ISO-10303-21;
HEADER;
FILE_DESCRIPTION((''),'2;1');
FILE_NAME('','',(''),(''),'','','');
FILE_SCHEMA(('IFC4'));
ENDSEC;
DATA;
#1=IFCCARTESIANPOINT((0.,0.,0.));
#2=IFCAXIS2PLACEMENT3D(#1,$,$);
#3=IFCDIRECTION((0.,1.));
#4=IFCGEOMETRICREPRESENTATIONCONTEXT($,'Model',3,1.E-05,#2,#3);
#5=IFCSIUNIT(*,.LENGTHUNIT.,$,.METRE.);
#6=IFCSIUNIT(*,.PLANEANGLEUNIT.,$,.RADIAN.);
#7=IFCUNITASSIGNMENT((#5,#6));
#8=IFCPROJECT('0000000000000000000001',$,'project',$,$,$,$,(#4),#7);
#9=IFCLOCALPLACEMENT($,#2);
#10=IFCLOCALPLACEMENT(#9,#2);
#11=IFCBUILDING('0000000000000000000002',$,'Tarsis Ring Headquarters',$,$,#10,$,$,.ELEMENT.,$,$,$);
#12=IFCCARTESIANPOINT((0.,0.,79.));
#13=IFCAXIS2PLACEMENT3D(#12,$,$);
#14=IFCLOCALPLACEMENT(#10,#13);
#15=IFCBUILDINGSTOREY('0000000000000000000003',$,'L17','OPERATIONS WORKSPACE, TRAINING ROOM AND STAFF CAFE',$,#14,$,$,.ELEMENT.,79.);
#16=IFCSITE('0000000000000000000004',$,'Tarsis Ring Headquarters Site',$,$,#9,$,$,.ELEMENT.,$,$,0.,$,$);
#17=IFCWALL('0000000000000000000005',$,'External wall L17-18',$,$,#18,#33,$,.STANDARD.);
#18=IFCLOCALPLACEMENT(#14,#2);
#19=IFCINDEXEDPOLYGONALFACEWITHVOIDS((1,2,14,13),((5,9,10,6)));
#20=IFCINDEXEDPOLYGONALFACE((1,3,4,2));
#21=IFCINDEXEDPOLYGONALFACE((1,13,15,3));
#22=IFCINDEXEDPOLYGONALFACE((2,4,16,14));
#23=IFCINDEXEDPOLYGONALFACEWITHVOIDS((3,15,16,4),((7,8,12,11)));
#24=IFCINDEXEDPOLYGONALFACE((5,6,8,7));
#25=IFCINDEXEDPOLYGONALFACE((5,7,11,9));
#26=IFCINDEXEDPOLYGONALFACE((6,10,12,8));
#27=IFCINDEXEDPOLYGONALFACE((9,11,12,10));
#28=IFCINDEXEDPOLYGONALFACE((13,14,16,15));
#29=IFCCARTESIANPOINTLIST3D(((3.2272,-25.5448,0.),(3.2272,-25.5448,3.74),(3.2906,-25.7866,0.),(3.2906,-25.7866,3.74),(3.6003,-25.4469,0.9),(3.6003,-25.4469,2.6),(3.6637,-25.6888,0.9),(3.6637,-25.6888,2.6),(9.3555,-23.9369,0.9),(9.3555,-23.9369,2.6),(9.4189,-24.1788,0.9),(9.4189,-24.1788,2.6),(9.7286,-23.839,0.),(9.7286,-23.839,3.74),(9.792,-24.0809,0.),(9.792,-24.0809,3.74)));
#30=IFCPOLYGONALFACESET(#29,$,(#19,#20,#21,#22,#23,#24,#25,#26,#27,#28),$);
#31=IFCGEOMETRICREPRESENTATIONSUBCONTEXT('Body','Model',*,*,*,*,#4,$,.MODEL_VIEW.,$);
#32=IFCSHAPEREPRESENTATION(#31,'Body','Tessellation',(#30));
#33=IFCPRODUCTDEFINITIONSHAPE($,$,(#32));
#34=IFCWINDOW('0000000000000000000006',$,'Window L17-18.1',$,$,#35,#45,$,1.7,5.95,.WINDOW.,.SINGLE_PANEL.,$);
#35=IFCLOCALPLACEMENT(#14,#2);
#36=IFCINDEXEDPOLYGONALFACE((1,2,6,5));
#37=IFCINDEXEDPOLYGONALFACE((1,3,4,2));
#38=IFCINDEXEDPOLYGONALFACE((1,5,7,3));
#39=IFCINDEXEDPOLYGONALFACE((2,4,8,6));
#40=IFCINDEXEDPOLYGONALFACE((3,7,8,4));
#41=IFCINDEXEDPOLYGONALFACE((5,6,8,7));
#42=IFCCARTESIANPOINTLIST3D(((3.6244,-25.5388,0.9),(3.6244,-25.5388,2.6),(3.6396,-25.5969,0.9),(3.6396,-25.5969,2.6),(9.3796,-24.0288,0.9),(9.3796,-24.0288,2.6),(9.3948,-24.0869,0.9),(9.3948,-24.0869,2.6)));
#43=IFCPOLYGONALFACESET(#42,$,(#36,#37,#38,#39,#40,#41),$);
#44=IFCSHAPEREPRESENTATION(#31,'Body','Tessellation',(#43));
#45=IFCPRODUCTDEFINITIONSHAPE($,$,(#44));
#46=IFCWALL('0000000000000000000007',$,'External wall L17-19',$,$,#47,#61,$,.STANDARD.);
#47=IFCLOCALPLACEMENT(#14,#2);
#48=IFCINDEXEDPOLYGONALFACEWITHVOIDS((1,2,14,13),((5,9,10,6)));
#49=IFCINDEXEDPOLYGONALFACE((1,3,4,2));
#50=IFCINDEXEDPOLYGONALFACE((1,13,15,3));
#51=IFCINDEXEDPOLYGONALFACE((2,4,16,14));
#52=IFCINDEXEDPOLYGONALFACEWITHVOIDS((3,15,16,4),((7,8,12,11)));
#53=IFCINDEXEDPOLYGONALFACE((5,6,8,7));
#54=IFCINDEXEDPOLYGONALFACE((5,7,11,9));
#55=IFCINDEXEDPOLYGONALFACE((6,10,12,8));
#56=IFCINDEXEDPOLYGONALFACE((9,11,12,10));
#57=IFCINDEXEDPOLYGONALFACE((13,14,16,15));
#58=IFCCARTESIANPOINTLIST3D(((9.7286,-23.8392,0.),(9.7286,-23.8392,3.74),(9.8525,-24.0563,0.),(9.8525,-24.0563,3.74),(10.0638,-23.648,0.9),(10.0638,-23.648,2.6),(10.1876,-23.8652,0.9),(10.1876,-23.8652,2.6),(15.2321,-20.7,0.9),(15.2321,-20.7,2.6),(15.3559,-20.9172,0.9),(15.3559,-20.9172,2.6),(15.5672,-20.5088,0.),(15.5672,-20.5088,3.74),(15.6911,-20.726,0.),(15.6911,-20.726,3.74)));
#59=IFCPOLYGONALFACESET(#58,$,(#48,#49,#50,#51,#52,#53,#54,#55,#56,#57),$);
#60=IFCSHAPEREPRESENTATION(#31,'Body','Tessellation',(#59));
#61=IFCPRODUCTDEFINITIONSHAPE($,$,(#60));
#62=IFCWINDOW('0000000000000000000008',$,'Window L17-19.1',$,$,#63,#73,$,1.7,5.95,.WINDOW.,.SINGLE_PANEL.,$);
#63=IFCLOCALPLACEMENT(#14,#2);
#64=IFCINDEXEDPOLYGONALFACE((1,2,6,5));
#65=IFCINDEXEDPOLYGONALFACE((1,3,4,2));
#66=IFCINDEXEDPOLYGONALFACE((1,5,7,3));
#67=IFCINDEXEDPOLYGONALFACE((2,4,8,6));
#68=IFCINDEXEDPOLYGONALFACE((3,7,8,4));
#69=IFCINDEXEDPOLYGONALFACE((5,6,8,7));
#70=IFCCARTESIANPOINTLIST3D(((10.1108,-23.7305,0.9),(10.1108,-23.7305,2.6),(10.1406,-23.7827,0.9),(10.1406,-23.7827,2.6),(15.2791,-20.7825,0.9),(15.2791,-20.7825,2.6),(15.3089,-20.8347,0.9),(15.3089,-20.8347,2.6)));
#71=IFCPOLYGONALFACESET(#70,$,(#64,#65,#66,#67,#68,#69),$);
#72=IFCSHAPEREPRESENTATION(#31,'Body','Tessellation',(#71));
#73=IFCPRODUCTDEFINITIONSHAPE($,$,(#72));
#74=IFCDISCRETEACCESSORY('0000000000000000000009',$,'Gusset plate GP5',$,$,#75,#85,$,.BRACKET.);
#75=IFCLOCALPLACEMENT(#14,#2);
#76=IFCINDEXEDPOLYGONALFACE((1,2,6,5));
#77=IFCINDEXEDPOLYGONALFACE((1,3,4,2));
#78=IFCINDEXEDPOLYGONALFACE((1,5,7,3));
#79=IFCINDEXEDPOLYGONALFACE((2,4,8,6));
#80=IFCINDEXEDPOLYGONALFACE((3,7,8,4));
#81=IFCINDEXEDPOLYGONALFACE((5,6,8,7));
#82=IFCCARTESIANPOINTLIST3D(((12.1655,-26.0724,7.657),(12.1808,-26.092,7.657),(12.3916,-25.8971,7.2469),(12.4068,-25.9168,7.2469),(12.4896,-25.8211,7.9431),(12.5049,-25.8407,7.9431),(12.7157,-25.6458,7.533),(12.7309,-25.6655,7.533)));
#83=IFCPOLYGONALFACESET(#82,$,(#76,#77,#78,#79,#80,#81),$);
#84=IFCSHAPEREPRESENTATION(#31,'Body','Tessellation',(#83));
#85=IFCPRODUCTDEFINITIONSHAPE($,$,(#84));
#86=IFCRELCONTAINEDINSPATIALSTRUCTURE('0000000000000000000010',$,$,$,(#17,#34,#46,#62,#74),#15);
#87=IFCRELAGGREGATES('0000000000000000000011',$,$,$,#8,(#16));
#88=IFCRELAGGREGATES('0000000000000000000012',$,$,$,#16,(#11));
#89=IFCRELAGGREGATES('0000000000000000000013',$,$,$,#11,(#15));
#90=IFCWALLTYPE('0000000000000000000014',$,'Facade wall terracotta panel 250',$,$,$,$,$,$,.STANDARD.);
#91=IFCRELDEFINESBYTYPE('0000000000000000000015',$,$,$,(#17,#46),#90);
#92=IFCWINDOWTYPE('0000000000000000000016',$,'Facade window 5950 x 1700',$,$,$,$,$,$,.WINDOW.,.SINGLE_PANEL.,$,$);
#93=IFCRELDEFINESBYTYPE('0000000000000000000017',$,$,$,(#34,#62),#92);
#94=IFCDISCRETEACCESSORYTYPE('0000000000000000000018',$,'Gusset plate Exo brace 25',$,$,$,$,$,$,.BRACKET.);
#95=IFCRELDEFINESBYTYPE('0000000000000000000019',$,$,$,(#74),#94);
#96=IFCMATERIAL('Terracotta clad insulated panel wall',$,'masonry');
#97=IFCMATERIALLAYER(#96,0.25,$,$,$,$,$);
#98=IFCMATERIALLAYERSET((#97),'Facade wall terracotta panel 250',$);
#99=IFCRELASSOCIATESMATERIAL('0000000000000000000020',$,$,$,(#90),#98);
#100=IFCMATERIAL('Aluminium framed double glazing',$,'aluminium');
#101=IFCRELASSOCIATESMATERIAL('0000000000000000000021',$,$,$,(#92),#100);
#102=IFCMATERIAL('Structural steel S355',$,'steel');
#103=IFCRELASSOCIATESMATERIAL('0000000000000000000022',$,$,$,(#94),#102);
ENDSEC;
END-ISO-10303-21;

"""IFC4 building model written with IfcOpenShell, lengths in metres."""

from ifc_helpers import new_model, si_unit, direction, frame, frame_2d, origin, origin_2d, place, context, subcontext, project, spatial, rectangle, extrude, material, layer, layer_set, material_profile, profile_set, type_object, element, fill, save


model = new_model("IFC4")

# Units and contexts
model_context = context("Model", 3, precision=1e-05, world=origin(), true_north=direction((0.0, 1.0)))
body_context = subcontext(model_context, "Body", "Model", "MODEL_VIEW")
ifc_project = project(units=[si_unit("LENGTHUNIT", "METRE"), si_unit("PLANEANGLEUNIT", "RADIAN")], contexts=[model_context])

# Site, building, storey
site_placement = place(None, origin())
site = spatial("IfcSite", under=ifc_project, at=site_placement, Name="Tarsis Ring Headquarters Site", CompositionType="ELEMENT", RefElevation=0.0)
building_placement = place(site_placement, origin())
building = spatial("IfcBuilding", under=site, at=building_placement, Name="Tarsis Ring Headquarters", CompositionType="ELEMENT")
storey_placement = place(building_placement, frame((0.0, 0.0, 79.0)))
storey = spatial("IfcBuildingStorey", under=building, at=storey_placement, Name="L17", Description="OPERATIONS WORKSPACE, TRAINING ROOM AND STAFF CAFE", CompositionType="ELEMENT", Elevation=79.0)

# Shared definitions
ifc_material_1 = material(Name="Structural steel S355", Category="steel")

# Walls, openings, windows
ifc_material_2 = material(Name="Terracotta clad insulated panel wall", Category="masonry")
ifc_layer_1 = layer(ifc_material_2, 0.25)
ifc_layer_set_1 = layer_set([ifc_layer_1], Name="Facade wall terracotta panel 250")
wall_type_1 = type_object("IfcWallType", Name="Facade wall terracotta panel 250", PredefinedType="STANDARD", material=ifc_layer_set_1)
wall_1_placement = place(storey_placement, frame((3.2588, -25.6658, 0.0), z_axis=(0.0, 0.0, 1.0), x_axis=(0.967261, 0.253783, 0.0)))
wall_1 = element("IfcWall", 1, at=wall_1_placement, inside=storey, type_object=wall_type_1, Name="External wall L17-18", PredefinedType="STANDARD", context=body_context, shape_type="SweptSolid", body=[
    extrude(rectangle(XDim=6.7214, YDim=0.25, at=frame_2d((3.3608, 0.0))), origin(), (0.0, 0.0, 1.0), 3.74),
])
opening_1_placement = place(wall_1_placement, frame((0.3857, 0.0, 0.8999)))
opening_1 = element("IfcOpeningElement", 2, at=opening_1_placement, cuts=wall_1, PredefinedType="OPENING", context=body_context, shape_type="SweptSolid", body=[
    extrude(rectangle(XDim=5.95, YDim=1.7, at=frame_2d((2.9751, 0.8501))), frame((0.0, 0.135, 0.0), z_axis=(0.0, -1.0, 0.0), x_axis=(1.0, 0.0, 0.0)), (0.0, 0.0, 1.0), 0.27),
])
ifc_material_3 = material(Name="Aluminium framed double glazing", Category="aluminium")
window_type = type_object("IfcWindowType", Name="Facade window 5950 x 1700", PartitioningType="SINGLE_PANEL", PredefinedType="WINDOW", material=ifc_material_3)
window_1_placement = place(opening_1_placement, origin())
window_1 = element("IfcWindow", 3, at=window_1_placement, inside=storey, type_object=window_type, Name="Window L17-18.1", OverallHeight=1.7, OverallWidth=5.95, PartitioningType="SINGLE_PANEL", PredefinedType="WINDOW", context=body_context, shape_type="SweptSolid", body=[
    extrude(rectangle(XDim=5.95, YDim=1.7, at=frame_2d((2.9751, 0.8501))), frame((0.0, 0.03, 0.0), z_axis=(0.0, -1.0, 0.0), x_axis=(1.0, 0.0, 0.0)), (0.0, 0.0, 1.0), 0.0601),
])
fill(opening_1, window_1)
wall_2_placement = place(storey_placement, frame((9.7905, -23.9478, 0.0), z_axis=(0.0, 0.0, 1.0), x_axis=(0.86863, 0.495462, 0.0)))
wall_2 = element("IfcWall", 4, at=wall_2_placement, inside=storey, type_object=wall_type_1, Name="External wall L17-19", PredefinedType="STANDARD", context=body_context, shape_type="SweptSolid", body=[
    extrude(rectangle(XDim=6.7217, YDim=0.25, at=frame_2d((3.3608, 0.0))), origin(), (0.0, 0.0, 1.0), 3.74),
])
opening_2_placement = place(wall_2_placement, frame((0.3857, 0.0, 0.8999)))
opening_2 = element("IfcOpeningElement", 5, at=opening_2_placement, cuts=wall_2, PredefinedType="OPENING", context=body_context, shape_type="SweptSolid", body=[
    extrude(rectangle(XDim=5.95, YDim=1.7, at=frame_2d((2.9751, 0.8501))), frame((0.0, 0.135, 0.0), z_axis=(0.0, -1.0, 0.0), x_axis=(1.0, 0.0, 0.0)), (0.0, 0.0, 1.0), 0.27),
])
window_2_placement = place(opening_2_placement, origin())
window_2 = element("IfcWindow", 6, at=window_2_placement, inside=storey, type_object=window_type, Name="Window L17-19.1", OverallHeight=1.7, OverallWidth=5.95, PartitioningType="SINGLE_PANEL", PredefinedType="WINDOW", context=body_context, shape_type="SweptSolid", body=[
    extrude(rectangle(XDim=5.95, YDim=1.7, at=frame_2d((2.9751, 0.8501))), frame((0.0, 0.03, 0.0), z_axis=(0.0, -1.0, 0.0), x_axis=(1.0, 0.0, 0.0)), (0.0, 0.0, 1.0), 0.0601),
])
fill(opening_2, window_2)

# Discrete accessory
ifc_material_profile_1 = material_profile(ifc_material_1, rectangle(XDim=0.0249, YDim=0.5, at=origin_2d()), Name="PL 25x500")
ifc_profile_set_1 = profile_set([ifc_material_profile_1], Name="Structural steel S355")
discrete_accessory_type = type_object("IfcDiscreteAccessoryType", Name="Gusset plate Exo brace 25", PredefinedType="BRACKET", material=ifc_profile_set_1)
discrete_accessory_placement = place(storey_placement, frame((12.3352, -25.9565, 7.8), z_axis=(0.452089, 0.35054, -0.820205), x_axis=(-0.612758, 0.79027, 0.0)))
element("IfcDiscreteAccessory", 7, at=discrete_accessory_placement, inside=storey, type_object=discrete_accessory_type, Name="Gusset plate GP5", PredefinedType="BRACKET", context=body_context, shape_type="SweptSolid", body=[
    extrude(rectangle(XDim=0.0249, YDim=0.5, at=origin_2d()), origin(), (0.0, 0.0, 1.0), 0.5),
])

save(model, "model.ifc")
